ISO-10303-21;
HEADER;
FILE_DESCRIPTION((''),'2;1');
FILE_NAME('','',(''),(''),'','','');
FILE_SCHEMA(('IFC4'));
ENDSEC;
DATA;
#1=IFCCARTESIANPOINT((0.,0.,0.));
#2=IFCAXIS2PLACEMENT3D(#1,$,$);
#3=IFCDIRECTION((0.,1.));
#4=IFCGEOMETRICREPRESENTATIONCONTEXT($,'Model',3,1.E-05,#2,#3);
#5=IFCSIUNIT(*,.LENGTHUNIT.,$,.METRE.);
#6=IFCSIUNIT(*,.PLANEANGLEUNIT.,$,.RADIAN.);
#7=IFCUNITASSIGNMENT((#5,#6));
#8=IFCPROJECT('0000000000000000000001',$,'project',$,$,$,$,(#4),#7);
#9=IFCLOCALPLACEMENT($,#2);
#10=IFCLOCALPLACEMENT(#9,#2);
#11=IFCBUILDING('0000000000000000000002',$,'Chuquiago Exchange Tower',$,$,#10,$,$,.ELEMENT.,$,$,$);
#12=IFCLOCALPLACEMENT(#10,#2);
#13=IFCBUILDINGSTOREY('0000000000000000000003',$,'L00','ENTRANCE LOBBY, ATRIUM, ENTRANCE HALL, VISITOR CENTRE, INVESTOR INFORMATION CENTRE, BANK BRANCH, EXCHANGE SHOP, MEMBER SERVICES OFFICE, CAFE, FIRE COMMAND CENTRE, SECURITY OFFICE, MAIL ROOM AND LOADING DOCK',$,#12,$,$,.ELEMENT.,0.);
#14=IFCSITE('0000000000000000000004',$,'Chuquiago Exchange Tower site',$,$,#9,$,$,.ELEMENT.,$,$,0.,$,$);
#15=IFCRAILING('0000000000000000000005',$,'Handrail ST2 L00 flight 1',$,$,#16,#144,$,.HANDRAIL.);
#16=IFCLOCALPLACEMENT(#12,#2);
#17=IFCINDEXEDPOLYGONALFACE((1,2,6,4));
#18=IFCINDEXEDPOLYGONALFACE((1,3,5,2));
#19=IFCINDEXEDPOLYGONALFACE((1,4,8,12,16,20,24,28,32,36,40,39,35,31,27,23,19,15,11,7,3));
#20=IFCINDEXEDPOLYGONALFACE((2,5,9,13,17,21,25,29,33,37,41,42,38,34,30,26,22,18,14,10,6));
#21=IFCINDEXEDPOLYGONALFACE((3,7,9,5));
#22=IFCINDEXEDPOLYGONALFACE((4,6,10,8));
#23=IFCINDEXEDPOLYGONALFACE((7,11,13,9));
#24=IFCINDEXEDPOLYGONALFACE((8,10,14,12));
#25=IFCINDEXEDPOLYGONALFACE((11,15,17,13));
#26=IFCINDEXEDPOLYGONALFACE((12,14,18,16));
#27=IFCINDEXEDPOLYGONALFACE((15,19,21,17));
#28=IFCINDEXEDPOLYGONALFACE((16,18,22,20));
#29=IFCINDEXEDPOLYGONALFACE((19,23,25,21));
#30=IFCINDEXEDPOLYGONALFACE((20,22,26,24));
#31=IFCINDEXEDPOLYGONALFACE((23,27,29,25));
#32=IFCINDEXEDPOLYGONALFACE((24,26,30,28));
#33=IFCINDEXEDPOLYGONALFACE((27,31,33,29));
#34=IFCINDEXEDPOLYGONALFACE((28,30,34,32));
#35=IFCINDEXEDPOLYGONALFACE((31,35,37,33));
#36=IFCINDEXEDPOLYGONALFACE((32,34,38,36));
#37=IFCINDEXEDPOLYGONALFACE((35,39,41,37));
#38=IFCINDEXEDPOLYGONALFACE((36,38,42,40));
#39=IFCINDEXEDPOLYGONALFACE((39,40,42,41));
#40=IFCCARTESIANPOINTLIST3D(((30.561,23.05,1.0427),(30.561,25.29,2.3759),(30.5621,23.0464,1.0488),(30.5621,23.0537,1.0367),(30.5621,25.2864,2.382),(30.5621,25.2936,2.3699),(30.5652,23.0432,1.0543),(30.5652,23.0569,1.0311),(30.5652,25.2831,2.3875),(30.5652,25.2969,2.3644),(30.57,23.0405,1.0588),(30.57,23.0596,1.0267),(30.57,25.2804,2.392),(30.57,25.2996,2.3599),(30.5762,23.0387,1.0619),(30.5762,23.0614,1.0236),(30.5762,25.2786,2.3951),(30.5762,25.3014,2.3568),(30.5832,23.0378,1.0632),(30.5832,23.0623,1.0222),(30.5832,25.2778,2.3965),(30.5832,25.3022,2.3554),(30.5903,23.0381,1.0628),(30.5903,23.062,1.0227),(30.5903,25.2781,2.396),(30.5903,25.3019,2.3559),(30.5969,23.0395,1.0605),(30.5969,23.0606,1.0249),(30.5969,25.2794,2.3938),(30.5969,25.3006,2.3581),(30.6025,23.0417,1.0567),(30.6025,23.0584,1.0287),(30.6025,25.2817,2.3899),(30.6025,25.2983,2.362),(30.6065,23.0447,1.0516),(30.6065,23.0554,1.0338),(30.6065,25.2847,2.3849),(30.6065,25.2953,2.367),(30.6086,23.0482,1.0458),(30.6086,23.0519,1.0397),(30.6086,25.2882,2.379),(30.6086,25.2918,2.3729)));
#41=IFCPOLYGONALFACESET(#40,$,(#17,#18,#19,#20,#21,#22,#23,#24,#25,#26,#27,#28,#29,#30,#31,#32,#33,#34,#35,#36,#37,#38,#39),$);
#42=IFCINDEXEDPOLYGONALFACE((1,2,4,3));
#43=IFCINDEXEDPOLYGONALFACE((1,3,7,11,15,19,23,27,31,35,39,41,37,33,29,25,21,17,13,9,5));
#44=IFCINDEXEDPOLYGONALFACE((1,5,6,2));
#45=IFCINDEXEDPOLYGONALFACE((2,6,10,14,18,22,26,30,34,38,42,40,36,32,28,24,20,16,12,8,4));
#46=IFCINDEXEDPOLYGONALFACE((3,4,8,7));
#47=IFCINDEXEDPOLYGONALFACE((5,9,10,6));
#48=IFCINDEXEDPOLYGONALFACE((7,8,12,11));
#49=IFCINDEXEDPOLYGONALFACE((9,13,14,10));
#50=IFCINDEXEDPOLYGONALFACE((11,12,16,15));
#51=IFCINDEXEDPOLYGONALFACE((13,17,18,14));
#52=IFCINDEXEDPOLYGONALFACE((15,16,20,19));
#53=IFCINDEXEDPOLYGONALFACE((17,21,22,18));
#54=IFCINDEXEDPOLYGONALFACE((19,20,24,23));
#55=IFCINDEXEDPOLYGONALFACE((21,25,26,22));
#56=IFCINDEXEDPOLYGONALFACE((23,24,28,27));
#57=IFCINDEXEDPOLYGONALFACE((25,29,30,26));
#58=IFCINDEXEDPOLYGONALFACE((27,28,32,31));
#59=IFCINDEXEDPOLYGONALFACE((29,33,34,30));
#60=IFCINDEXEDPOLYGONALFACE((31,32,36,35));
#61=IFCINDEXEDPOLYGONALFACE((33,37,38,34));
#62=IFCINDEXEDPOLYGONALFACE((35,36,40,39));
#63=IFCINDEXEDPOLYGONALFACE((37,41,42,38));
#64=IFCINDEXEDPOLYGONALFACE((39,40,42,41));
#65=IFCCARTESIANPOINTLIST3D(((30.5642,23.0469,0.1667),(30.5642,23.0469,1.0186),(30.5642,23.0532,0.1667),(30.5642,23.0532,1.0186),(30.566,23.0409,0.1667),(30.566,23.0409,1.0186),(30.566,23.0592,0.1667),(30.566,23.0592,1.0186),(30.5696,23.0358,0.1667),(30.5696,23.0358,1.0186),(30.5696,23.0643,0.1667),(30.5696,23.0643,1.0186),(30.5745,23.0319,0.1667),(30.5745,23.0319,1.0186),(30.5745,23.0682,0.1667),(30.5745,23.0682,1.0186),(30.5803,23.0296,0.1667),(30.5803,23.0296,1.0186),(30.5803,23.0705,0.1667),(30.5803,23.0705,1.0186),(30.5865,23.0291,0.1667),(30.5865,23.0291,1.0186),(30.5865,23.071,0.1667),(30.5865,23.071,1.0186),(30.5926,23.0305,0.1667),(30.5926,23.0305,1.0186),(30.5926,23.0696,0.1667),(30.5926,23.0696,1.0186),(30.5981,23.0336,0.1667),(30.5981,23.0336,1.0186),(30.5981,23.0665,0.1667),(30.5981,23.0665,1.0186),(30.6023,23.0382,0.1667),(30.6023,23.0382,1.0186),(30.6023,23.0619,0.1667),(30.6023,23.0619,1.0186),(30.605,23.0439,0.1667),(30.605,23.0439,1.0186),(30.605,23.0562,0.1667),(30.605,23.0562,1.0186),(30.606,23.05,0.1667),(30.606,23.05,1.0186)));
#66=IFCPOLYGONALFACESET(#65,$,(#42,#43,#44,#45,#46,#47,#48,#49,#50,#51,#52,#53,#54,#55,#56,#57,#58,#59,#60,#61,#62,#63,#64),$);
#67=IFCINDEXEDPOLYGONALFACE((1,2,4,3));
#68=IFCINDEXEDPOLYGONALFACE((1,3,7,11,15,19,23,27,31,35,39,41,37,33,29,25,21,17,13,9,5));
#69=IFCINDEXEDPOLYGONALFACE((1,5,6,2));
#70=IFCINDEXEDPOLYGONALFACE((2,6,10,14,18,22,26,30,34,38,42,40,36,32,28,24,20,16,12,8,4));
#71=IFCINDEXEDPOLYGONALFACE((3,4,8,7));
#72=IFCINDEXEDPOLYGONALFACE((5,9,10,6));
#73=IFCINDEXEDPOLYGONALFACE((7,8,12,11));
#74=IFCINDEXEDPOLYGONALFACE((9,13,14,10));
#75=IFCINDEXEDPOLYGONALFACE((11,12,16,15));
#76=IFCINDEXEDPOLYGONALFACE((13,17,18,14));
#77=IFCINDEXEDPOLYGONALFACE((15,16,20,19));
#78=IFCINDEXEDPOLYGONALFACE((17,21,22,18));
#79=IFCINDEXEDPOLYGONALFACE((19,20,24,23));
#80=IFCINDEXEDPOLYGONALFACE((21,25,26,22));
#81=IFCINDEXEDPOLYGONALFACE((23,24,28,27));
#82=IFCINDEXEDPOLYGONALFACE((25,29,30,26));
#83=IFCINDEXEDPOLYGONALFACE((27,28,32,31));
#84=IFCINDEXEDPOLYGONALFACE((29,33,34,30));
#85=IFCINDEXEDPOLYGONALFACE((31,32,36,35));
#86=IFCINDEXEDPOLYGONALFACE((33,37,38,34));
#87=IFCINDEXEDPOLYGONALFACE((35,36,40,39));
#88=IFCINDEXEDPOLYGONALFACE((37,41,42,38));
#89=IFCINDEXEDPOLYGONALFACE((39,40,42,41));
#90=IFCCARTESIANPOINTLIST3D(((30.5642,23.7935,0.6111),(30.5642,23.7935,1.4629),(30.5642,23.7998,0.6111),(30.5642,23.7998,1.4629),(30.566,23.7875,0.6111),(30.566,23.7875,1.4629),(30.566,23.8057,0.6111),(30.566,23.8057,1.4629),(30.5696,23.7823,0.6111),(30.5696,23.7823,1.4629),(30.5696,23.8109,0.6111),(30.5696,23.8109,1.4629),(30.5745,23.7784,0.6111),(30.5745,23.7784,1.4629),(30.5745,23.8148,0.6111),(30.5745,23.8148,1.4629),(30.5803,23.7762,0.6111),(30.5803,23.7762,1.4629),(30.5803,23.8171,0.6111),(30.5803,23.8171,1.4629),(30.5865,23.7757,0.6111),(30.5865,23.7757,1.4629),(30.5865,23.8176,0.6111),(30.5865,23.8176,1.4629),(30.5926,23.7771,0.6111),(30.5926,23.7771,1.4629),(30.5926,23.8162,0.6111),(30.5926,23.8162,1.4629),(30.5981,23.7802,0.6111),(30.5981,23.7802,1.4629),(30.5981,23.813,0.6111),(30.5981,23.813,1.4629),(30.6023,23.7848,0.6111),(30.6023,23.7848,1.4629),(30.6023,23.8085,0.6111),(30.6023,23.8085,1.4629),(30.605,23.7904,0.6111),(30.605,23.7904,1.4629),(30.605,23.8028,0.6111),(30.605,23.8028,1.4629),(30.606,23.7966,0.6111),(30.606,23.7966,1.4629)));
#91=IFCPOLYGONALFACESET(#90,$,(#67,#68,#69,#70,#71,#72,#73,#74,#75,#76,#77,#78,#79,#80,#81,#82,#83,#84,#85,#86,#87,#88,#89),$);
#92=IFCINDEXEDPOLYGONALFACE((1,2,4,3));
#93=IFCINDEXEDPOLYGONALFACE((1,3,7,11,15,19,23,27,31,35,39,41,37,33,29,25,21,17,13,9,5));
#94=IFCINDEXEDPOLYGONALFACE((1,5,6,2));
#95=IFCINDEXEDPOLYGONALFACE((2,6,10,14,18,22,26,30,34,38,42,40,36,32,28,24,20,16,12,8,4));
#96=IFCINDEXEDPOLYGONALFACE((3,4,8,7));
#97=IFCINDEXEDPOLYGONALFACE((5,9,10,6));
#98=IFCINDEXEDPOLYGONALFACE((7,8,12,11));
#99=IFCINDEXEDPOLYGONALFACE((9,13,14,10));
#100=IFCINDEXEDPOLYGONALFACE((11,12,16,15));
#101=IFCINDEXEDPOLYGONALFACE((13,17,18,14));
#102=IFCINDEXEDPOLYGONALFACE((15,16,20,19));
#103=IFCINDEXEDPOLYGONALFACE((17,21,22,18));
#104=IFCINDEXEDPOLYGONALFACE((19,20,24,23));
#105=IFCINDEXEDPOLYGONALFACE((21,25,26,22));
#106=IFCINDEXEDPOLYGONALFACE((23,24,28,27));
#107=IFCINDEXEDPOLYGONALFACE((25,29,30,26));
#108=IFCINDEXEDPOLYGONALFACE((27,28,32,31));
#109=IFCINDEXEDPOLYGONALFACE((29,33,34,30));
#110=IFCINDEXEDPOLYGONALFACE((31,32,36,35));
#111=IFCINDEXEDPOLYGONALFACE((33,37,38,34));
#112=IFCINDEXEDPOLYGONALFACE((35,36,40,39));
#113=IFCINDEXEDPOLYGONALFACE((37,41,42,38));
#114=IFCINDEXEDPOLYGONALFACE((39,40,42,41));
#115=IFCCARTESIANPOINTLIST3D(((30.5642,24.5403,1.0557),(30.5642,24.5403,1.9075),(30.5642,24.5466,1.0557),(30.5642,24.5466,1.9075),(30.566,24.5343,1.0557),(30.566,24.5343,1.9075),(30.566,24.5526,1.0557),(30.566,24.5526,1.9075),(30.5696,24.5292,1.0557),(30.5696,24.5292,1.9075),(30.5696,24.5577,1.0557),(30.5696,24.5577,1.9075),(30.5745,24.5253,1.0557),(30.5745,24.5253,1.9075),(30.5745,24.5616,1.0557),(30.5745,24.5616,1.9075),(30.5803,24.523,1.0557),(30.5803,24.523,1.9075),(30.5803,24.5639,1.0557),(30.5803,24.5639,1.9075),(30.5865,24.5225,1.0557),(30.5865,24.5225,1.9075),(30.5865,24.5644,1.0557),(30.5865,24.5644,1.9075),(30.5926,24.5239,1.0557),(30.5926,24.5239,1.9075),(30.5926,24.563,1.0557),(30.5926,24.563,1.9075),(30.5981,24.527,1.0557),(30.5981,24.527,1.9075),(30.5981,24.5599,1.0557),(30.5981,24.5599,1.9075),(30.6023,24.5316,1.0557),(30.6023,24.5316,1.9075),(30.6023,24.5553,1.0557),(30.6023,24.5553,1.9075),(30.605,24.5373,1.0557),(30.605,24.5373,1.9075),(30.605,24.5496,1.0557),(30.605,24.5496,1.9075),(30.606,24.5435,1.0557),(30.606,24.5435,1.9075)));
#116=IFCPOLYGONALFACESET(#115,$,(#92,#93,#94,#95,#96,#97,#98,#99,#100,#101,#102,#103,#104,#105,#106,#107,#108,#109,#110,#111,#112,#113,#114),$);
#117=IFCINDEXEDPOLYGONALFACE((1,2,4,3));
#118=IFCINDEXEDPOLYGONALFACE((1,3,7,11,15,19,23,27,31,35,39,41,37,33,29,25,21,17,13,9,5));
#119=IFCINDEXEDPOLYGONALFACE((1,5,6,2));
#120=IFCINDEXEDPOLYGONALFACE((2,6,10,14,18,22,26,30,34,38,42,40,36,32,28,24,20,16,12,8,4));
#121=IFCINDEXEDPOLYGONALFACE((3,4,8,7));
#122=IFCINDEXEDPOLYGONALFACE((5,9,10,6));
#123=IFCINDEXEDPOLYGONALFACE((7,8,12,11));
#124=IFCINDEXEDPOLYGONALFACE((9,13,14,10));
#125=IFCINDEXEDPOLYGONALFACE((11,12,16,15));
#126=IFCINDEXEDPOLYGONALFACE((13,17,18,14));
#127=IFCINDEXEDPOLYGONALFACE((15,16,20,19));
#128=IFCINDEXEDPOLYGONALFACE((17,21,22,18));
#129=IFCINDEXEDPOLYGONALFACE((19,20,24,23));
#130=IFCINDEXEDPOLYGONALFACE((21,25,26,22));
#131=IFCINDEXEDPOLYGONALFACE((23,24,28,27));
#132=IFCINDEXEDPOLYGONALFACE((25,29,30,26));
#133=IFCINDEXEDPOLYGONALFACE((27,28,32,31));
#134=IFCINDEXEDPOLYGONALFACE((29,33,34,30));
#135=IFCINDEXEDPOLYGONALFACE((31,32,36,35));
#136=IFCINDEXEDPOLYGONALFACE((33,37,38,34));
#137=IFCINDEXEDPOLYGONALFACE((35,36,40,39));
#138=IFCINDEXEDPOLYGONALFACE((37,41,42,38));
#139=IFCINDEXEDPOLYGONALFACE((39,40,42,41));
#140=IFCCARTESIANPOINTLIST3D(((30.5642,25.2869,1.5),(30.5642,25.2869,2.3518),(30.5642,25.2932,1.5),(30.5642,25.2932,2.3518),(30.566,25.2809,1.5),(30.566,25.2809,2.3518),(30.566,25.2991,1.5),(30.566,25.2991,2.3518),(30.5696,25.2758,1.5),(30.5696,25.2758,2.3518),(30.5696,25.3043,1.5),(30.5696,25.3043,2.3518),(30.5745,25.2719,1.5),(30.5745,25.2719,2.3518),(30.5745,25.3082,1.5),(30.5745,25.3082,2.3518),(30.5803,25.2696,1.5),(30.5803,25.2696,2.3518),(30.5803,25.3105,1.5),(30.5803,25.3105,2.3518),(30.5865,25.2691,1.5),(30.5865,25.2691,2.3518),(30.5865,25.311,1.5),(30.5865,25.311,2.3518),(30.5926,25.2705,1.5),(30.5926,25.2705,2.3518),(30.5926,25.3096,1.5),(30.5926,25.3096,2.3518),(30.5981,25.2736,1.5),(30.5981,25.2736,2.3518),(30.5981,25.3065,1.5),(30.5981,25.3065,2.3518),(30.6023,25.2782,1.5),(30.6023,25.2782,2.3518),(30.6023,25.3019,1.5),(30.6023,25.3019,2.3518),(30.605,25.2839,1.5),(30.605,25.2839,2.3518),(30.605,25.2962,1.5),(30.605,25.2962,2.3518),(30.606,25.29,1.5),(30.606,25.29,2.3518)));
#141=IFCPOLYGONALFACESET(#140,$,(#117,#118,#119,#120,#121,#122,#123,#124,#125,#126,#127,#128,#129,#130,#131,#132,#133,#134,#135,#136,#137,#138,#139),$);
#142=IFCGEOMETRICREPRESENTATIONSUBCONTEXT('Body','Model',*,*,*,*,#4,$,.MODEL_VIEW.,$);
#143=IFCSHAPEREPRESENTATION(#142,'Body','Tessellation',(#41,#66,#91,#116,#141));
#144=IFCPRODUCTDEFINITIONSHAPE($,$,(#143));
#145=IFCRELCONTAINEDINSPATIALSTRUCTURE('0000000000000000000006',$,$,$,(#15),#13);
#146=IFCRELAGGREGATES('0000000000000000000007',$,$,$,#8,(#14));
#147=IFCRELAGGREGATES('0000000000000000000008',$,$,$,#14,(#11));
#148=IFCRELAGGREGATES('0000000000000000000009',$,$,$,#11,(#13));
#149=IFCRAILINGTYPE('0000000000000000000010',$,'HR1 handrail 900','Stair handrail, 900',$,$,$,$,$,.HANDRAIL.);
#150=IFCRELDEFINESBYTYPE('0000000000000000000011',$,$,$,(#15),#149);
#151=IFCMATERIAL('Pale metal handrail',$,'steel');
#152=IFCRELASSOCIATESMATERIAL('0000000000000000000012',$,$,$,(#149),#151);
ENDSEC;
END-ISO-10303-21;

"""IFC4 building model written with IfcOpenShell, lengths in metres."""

from ifc_helpers import new_model, si_unit, direction, frame, origin, origin_2d, place, context, subcontext, project, spatial, circle, extrude, material, type_object, element, save


model = new_model("IFC4")

# Units and contexts
model_context = context("Model", 3, precision=1e-05, world=origin(), true_north=direction((0.0, 1.0)))
body_context = subcontext(model_context, "Body", "Model", "MODEL_VIEW")
ifc_project = project(units=[si_unit("LENGTHUNIT", "METRE"), si_unit("PLANEANGLEUNIT", "RADIAN")], contexts=[model_context])

# Site, building, storey
site_placement = place(None, origin())
site = spatial("IfcSite", under=ifc_project, at=site_placement, Name="Chuquiago Exchange Tower site", CompositionType="ELEMENT", RefElevation=0.0)
building_placement = place(site_placement, origin())
building = spatial("IfcBuilding", under=site, at=building_placement, Name="Chuquiago Exchange Tower", CompositionType="ELEMENT")
storey_placement = place(building_placement, origin())
storey = spatial("IfcBuildingStorey", under=building, at=storey_placement, Name="L00", Description="ENTRANCE LOBBY, ATRIUM, ENTRANCE HALL, VISITOR CENTRE, INVESTOR INFORMATION CENTRE, BANK BRANCH, EXCHANGE SHOP, MEMBER SERVICES OFFICE, CAFE, FIRE COMMAND CENTRE, SECURITY OFFICE, MAIL ROOM AND LOADING DOCK", CompositionType="ELEMENT", Elevation=0.0)

# Railing
ifc_material_1 = material(Name="Pale metal handrail", Category="steel")
railing_type = type_object("IfcRailingType", Name="HR1 handrail 900", Description="Stair handrail, 900", PredefinedType="HANDRAIL", material=ifc_material_1)
for number, where, name in (
    (1, (30.585, 23.05, 0.1667), "Handrail ST2 L00 flight 1"),
):
    element("IfcRailing", number, at=place(storey_placement, frame(where)), inside=storey, type_object=railing_type, Name=name, PredefinedType="HANDRAIL", context=body_context, shape_type="SweptSolid", body=[
        extrude(circle(Radius=0.0239, at=origin_2d()), frame((0.0, 0.0, 0.876), z_axis=(0.0, 0.859306, 0.511462), x_axis=(-1.0, 0.0, 0.0)), (0.0, 0.0, 1.0), 2.6067),
        extrude(circle(Radius=0.021, at=origin_2d()), origin(), (0.0, 0.0, 1.0), 0.8518),
        extrude(circle(Radius=0.021, at=origin_2d()), frame((0.0, 0.7466, 0.4443)), (0.0, 0.0, 1.0), 0.8518),
        extrude(circle(Radius=0.021, at=origin_2d()), frame((0.0, 1.4934, 0.8889)), (0.0, 0.0, 1.0), 0.8518),
        extrude(circle(Radius=0.021, at=origin_2d()), frame((0.0, 2.24, 1.3333)), (0.0, 0.0, 1.0), 0.8518),
    ])

save(model, "model.ifc")
